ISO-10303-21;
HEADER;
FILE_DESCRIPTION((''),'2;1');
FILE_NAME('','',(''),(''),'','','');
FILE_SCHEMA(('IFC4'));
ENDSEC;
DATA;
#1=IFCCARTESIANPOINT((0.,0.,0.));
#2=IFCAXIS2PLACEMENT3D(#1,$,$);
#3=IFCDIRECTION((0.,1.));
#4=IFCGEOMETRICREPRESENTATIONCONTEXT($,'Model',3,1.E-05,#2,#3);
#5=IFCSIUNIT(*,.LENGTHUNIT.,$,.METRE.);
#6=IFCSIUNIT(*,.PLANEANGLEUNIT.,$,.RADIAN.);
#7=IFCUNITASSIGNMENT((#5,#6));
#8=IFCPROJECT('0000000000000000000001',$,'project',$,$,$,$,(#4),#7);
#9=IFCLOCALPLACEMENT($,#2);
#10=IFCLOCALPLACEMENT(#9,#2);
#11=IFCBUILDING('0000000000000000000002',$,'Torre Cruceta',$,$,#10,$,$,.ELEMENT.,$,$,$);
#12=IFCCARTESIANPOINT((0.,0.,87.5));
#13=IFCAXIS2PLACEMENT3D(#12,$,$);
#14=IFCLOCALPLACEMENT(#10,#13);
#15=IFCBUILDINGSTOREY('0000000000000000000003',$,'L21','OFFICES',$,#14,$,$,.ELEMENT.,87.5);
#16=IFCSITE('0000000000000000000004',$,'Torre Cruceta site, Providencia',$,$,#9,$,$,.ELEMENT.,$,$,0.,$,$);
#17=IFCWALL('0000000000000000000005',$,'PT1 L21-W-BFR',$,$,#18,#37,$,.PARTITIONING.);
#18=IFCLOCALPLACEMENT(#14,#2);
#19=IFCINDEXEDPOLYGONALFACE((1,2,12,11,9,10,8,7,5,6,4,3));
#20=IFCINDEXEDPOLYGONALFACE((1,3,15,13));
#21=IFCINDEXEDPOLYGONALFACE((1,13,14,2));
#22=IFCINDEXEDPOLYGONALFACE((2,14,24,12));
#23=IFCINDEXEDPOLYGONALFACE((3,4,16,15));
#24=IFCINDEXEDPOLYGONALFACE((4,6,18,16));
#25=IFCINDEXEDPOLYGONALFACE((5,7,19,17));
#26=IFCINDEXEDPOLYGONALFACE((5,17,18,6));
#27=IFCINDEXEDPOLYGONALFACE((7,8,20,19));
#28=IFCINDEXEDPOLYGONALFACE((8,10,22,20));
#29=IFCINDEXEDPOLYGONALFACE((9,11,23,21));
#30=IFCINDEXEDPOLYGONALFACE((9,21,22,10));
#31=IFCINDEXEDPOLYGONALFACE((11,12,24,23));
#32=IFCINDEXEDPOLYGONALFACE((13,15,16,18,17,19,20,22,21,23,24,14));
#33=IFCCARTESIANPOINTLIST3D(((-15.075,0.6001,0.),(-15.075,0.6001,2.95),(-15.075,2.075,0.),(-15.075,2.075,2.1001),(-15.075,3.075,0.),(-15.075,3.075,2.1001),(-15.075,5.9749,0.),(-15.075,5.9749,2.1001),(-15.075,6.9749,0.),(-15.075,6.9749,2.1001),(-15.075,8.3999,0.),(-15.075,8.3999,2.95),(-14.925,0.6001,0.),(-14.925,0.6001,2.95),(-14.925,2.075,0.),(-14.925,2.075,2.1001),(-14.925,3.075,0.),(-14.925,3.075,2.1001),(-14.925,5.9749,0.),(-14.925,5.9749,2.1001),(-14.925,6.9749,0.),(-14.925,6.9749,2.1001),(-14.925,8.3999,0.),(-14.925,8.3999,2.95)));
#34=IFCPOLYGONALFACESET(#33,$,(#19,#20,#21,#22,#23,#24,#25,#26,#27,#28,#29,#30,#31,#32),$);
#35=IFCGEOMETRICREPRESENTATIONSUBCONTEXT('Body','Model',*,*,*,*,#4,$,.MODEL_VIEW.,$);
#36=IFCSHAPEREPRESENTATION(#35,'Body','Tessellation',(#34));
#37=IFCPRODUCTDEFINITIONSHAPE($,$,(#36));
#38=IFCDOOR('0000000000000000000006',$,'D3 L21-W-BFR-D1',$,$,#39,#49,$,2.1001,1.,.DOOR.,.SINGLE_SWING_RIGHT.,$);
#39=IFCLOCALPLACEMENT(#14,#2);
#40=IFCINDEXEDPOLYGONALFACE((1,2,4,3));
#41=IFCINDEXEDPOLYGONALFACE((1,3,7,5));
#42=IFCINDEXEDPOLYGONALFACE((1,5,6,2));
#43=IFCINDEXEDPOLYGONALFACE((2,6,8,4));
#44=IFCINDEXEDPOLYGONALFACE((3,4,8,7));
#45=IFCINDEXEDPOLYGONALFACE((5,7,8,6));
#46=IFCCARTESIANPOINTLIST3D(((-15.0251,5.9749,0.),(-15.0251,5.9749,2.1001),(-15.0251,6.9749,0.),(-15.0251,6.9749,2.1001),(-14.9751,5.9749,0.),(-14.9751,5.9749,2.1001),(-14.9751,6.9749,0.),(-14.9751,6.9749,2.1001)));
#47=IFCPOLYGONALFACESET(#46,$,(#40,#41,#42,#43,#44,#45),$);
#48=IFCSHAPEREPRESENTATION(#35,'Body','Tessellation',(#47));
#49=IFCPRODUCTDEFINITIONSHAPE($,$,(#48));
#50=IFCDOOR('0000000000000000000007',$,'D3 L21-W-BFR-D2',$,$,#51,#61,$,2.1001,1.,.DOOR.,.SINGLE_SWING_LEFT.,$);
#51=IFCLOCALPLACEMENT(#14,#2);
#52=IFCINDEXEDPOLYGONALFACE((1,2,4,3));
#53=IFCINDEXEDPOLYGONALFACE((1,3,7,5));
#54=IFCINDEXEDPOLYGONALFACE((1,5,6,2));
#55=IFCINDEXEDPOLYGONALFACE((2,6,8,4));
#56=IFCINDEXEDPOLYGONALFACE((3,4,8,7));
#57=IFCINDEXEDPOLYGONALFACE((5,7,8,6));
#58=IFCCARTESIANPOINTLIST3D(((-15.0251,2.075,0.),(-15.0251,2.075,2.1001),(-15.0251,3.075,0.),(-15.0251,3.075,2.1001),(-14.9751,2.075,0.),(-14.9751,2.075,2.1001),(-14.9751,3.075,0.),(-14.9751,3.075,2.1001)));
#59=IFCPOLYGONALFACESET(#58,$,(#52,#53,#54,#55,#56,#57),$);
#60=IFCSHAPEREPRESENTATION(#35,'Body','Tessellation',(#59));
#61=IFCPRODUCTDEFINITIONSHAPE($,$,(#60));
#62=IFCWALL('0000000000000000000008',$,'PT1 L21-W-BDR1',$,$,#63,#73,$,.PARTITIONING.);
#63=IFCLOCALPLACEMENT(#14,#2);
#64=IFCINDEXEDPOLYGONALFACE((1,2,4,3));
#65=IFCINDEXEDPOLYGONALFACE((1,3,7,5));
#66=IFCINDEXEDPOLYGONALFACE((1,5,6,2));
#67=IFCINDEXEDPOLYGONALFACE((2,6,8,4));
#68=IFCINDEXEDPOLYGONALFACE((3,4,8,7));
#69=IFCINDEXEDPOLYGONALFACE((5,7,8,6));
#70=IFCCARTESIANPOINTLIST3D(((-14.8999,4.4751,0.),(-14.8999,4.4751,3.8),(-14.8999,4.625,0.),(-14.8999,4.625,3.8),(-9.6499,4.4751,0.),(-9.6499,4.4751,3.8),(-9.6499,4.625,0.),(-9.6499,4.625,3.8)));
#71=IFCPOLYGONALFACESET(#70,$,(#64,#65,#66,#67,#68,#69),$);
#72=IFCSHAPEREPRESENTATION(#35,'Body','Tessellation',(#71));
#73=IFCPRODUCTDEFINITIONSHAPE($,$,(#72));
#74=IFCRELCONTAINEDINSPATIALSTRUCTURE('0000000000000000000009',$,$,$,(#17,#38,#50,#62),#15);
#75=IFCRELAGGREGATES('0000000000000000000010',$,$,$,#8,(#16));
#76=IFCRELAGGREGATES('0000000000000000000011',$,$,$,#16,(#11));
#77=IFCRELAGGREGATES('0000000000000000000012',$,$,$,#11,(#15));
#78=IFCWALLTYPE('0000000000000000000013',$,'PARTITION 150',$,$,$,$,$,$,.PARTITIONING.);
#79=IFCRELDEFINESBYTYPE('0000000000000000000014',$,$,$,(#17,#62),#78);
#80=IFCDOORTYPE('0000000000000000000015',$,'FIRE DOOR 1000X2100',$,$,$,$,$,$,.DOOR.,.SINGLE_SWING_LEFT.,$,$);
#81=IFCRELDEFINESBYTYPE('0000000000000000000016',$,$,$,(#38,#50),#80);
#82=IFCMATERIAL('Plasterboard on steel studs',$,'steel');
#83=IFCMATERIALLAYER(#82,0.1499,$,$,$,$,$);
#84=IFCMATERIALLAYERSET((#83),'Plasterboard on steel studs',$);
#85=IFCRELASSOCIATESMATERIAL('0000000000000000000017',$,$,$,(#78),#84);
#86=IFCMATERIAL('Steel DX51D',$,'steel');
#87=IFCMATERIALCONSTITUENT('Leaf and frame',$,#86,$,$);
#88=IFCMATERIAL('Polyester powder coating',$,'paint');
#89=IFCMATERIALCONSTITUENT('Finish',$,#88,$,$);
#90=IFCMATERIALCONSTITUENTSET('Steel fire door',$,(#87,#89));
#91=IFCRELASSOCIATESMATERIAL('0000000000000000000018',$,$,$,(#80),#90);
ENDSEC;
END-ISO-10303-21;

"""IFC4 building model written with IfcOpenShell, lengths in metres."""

from ifc_helpers import new_model, si_unit, direction, frame, frame_2d, origin, place, context, subcontext, project, spatial, rectangle, extrude, material, layer, layer_set, constituent, constituent_set, type_object, element, fill, save


model = new_model("IFC4")

# Units and contexts
model_context = context("Model", 3, precision=1e-05, world=origin(), true_north=direction((0.0, 1.0)))
body_context = subcontext(model_context, "Body", "Model", "MODEL_VIEW")
ifc_project = project(units=[si_unit("LENGTHUNIT", "METRE"), si_unit("PLANEANGLEUNIT", "RADIAN")], contexts=[model_context])

# Site, building, storey
site_placement = place(None, origin())
site = spatial("IfcSite", under=ifc_project, at=site_placement, Name="Torre Cruceta site, Providencia", CompositionType="ELEMENT", RefElevation=0.0)
building_placement = place(site_placement, origin())
building = spatial("IfcBuilding", under=site, at=building_placement, Name="Torre Cruceta", CompositionType="ELEMENT")
storey_placement = place(building_placement, frame((0.0, 0.0, 87.5)))
storey = spatial("IfcBuildingStorey", under=building, at=storey_placement, Name="L21", Description="OFFICES", CompositionType="ELEMENT", Elevation=87.5)

# Wall, openings, doors
ifc_material_1 = material(Name="Plasterboard on steel studs", Category="steel")
ifc_layer_1 = layer(ifc_material_1, 0.1499)
ifc_layer_set_1 = layer_set([ifc_layer_1], Name="Plasterboard on steel studs")
wall_type_1 = type_object("IfcWallType", Name="PARTITION 150", PredefinedType="PARTITIONING", material=ifc_layer_set_1)
wall_1_placement = place(storey_placement, frame((-15.0, 8.3999, 0.0), z_axis=(0.0, 0.0, 1.0), x_axis=(0.0, -1.0, 0.0)))
wall_1 = element("IfcWall", 1, at=wall_1_placement, inside=storey, type_object=wall_type_1, Name="PT1 L21-W-BFR", PredefinedType="PARTITIONING", context=body_context, shape_type="SweptSolid", body=[
    extrude(rectangle(XDim=7.7998, YDim=0.1499, at=frame_2d((3.8999, 0.0))), origin(), (0.0, 0.0, 1.0), 2.95),
])
opening_1_placement = place(wall_1_placement, frame((1.425, 0.0, 0.0)))
opening_1 = element("IfcOpeningElement", 2, at=opening_1_placement, cuts=wall_1, PredefinedType="OPENING", context=body_context, shape_type="SweptSolid", body=[
    extrude(rectangle(XDim=1.0, YDim=2.1001, at=frame_2d((0.5, 1.05))), frame((0.0, 0.085, 0.0), z_axis=(0.0, -1.0, 0.0), x_axis=(1.0, 0.0, 0.0)), (0.0, 0.0, 1.0), 0.1699),
])
opening_2_placement = place(wall_1_placement, frame((5.325, 0.0, 0.0)))
opening_2 = element("IfcOpeningElement", 3, at=opening_2_placement, cuts=wall_1, PredefinedType="OPENING", context=body_context, shape_type="SweptSolid", body=[
    extrude(rectangle(XDim=1.0, YDim=2.1001, at=frame_2d((0.5, 1.05))), frame((0.0, 0.085, 0.0), z_axis=(0.0, -1.0, 0.0), x_axis=(1.0, 0.0, 0.0)), (0.0, 0.0, 1.0), 0.1699),
])
ifc_material_2 = material(Name="Steel DX51D", Category="steel")
ifc_constituent_1 = constituent(ifc_material_2, Name="Leaf and frame")
ifc_material_3 = material(Name="Polyester powder coating", Category="paint")
ifc_constituent_2 = constituent(ifc_material_3, Name="Finish")
ifc_constituent_set_1 = constituent_set(constituents=[ifc_constituent_1, ifc_constituent_2], Name="Steel fire door")
door_type_1 = type_object("IfcDoorType", Name="FIRE DOOR 1000X2100", OperationType="SINGLE_SWING_LEFT", PredefinedType="DOOR", material=ifc_constituent_set_1)
door_1_placement = place(opening_1_placement, origin())
door_1 = element("IfcDoor", 4, at=door_1_placement, inside=storey, type_object=door_type_1, Name="D3 L21-W-BFR-D1", OperationType="SINGLE_SWING_RIGHT", OverallHeight=2.1001, OverallWidth=1.0, PredefinedType="DOOR", context=body_context, shape_type="SweptSolid", body=[
    extrude(rectangle(XDim=1.0, YDim=2.1001, at=frame_2d((0.5, 1.05))), frame((0.0, 0.0249, 0.0), z_axis=(0.0, -1.0, 0.0), x_axis=(1.0, 0.0, 0.0)), (0.0, 0.0, 1.0), 0.05),
])
fill(opening_1, door_1)
door_2_placement = place(opening_2_placement, origin())
door_2 = element("IfcDoor", 5, at=door_2_placement, inside=storey, type_object=door_type_1, Name="D3 L21-W-BFR-D2", OperationType="SINGLE_SWING_LEFT", OverallHeight=2.1001, OverallWidth=1.0, PredefinedType="DOOR", context=body_context, shape_type="SweptSolid", body=[
    extrude(rectangle(XDim=1.0, YDim=2.1001, at=frame_2d((0.5, 1.05))), frame((0.0, 0.0249, 0.0), z_axis=(0.0, -1.0, 0.0), x_axis=(1.0, 0.0, 0.0)), (0.0, 0.0, 1.0), 0.05),
])
fill(opening_2, door_2)

# Wall
wall_2_placement = place(storey_placement, frame((-9.6499, 4.55, 0.0), z_axis=(0.0, 0.0, 1.0), x_axis=(-1.0, 0.0, 0.0)))
element("IfcWall", 6, at=wall_2_placement, inside=storey, type_object=wall_type_1, Name="PT1 L21-W-BDR1", PredefinedType="PARTITIONING", context=body_context, shape_type="SweptSolid", body=[
    extrude(rectangle(XDim=5.25, YDim=0.1499, at=frame_2d((2.625, 0.0))), origin(), (0.0, 0.0, 1.0), 3.8),
])

save(model, "model.ifc")
